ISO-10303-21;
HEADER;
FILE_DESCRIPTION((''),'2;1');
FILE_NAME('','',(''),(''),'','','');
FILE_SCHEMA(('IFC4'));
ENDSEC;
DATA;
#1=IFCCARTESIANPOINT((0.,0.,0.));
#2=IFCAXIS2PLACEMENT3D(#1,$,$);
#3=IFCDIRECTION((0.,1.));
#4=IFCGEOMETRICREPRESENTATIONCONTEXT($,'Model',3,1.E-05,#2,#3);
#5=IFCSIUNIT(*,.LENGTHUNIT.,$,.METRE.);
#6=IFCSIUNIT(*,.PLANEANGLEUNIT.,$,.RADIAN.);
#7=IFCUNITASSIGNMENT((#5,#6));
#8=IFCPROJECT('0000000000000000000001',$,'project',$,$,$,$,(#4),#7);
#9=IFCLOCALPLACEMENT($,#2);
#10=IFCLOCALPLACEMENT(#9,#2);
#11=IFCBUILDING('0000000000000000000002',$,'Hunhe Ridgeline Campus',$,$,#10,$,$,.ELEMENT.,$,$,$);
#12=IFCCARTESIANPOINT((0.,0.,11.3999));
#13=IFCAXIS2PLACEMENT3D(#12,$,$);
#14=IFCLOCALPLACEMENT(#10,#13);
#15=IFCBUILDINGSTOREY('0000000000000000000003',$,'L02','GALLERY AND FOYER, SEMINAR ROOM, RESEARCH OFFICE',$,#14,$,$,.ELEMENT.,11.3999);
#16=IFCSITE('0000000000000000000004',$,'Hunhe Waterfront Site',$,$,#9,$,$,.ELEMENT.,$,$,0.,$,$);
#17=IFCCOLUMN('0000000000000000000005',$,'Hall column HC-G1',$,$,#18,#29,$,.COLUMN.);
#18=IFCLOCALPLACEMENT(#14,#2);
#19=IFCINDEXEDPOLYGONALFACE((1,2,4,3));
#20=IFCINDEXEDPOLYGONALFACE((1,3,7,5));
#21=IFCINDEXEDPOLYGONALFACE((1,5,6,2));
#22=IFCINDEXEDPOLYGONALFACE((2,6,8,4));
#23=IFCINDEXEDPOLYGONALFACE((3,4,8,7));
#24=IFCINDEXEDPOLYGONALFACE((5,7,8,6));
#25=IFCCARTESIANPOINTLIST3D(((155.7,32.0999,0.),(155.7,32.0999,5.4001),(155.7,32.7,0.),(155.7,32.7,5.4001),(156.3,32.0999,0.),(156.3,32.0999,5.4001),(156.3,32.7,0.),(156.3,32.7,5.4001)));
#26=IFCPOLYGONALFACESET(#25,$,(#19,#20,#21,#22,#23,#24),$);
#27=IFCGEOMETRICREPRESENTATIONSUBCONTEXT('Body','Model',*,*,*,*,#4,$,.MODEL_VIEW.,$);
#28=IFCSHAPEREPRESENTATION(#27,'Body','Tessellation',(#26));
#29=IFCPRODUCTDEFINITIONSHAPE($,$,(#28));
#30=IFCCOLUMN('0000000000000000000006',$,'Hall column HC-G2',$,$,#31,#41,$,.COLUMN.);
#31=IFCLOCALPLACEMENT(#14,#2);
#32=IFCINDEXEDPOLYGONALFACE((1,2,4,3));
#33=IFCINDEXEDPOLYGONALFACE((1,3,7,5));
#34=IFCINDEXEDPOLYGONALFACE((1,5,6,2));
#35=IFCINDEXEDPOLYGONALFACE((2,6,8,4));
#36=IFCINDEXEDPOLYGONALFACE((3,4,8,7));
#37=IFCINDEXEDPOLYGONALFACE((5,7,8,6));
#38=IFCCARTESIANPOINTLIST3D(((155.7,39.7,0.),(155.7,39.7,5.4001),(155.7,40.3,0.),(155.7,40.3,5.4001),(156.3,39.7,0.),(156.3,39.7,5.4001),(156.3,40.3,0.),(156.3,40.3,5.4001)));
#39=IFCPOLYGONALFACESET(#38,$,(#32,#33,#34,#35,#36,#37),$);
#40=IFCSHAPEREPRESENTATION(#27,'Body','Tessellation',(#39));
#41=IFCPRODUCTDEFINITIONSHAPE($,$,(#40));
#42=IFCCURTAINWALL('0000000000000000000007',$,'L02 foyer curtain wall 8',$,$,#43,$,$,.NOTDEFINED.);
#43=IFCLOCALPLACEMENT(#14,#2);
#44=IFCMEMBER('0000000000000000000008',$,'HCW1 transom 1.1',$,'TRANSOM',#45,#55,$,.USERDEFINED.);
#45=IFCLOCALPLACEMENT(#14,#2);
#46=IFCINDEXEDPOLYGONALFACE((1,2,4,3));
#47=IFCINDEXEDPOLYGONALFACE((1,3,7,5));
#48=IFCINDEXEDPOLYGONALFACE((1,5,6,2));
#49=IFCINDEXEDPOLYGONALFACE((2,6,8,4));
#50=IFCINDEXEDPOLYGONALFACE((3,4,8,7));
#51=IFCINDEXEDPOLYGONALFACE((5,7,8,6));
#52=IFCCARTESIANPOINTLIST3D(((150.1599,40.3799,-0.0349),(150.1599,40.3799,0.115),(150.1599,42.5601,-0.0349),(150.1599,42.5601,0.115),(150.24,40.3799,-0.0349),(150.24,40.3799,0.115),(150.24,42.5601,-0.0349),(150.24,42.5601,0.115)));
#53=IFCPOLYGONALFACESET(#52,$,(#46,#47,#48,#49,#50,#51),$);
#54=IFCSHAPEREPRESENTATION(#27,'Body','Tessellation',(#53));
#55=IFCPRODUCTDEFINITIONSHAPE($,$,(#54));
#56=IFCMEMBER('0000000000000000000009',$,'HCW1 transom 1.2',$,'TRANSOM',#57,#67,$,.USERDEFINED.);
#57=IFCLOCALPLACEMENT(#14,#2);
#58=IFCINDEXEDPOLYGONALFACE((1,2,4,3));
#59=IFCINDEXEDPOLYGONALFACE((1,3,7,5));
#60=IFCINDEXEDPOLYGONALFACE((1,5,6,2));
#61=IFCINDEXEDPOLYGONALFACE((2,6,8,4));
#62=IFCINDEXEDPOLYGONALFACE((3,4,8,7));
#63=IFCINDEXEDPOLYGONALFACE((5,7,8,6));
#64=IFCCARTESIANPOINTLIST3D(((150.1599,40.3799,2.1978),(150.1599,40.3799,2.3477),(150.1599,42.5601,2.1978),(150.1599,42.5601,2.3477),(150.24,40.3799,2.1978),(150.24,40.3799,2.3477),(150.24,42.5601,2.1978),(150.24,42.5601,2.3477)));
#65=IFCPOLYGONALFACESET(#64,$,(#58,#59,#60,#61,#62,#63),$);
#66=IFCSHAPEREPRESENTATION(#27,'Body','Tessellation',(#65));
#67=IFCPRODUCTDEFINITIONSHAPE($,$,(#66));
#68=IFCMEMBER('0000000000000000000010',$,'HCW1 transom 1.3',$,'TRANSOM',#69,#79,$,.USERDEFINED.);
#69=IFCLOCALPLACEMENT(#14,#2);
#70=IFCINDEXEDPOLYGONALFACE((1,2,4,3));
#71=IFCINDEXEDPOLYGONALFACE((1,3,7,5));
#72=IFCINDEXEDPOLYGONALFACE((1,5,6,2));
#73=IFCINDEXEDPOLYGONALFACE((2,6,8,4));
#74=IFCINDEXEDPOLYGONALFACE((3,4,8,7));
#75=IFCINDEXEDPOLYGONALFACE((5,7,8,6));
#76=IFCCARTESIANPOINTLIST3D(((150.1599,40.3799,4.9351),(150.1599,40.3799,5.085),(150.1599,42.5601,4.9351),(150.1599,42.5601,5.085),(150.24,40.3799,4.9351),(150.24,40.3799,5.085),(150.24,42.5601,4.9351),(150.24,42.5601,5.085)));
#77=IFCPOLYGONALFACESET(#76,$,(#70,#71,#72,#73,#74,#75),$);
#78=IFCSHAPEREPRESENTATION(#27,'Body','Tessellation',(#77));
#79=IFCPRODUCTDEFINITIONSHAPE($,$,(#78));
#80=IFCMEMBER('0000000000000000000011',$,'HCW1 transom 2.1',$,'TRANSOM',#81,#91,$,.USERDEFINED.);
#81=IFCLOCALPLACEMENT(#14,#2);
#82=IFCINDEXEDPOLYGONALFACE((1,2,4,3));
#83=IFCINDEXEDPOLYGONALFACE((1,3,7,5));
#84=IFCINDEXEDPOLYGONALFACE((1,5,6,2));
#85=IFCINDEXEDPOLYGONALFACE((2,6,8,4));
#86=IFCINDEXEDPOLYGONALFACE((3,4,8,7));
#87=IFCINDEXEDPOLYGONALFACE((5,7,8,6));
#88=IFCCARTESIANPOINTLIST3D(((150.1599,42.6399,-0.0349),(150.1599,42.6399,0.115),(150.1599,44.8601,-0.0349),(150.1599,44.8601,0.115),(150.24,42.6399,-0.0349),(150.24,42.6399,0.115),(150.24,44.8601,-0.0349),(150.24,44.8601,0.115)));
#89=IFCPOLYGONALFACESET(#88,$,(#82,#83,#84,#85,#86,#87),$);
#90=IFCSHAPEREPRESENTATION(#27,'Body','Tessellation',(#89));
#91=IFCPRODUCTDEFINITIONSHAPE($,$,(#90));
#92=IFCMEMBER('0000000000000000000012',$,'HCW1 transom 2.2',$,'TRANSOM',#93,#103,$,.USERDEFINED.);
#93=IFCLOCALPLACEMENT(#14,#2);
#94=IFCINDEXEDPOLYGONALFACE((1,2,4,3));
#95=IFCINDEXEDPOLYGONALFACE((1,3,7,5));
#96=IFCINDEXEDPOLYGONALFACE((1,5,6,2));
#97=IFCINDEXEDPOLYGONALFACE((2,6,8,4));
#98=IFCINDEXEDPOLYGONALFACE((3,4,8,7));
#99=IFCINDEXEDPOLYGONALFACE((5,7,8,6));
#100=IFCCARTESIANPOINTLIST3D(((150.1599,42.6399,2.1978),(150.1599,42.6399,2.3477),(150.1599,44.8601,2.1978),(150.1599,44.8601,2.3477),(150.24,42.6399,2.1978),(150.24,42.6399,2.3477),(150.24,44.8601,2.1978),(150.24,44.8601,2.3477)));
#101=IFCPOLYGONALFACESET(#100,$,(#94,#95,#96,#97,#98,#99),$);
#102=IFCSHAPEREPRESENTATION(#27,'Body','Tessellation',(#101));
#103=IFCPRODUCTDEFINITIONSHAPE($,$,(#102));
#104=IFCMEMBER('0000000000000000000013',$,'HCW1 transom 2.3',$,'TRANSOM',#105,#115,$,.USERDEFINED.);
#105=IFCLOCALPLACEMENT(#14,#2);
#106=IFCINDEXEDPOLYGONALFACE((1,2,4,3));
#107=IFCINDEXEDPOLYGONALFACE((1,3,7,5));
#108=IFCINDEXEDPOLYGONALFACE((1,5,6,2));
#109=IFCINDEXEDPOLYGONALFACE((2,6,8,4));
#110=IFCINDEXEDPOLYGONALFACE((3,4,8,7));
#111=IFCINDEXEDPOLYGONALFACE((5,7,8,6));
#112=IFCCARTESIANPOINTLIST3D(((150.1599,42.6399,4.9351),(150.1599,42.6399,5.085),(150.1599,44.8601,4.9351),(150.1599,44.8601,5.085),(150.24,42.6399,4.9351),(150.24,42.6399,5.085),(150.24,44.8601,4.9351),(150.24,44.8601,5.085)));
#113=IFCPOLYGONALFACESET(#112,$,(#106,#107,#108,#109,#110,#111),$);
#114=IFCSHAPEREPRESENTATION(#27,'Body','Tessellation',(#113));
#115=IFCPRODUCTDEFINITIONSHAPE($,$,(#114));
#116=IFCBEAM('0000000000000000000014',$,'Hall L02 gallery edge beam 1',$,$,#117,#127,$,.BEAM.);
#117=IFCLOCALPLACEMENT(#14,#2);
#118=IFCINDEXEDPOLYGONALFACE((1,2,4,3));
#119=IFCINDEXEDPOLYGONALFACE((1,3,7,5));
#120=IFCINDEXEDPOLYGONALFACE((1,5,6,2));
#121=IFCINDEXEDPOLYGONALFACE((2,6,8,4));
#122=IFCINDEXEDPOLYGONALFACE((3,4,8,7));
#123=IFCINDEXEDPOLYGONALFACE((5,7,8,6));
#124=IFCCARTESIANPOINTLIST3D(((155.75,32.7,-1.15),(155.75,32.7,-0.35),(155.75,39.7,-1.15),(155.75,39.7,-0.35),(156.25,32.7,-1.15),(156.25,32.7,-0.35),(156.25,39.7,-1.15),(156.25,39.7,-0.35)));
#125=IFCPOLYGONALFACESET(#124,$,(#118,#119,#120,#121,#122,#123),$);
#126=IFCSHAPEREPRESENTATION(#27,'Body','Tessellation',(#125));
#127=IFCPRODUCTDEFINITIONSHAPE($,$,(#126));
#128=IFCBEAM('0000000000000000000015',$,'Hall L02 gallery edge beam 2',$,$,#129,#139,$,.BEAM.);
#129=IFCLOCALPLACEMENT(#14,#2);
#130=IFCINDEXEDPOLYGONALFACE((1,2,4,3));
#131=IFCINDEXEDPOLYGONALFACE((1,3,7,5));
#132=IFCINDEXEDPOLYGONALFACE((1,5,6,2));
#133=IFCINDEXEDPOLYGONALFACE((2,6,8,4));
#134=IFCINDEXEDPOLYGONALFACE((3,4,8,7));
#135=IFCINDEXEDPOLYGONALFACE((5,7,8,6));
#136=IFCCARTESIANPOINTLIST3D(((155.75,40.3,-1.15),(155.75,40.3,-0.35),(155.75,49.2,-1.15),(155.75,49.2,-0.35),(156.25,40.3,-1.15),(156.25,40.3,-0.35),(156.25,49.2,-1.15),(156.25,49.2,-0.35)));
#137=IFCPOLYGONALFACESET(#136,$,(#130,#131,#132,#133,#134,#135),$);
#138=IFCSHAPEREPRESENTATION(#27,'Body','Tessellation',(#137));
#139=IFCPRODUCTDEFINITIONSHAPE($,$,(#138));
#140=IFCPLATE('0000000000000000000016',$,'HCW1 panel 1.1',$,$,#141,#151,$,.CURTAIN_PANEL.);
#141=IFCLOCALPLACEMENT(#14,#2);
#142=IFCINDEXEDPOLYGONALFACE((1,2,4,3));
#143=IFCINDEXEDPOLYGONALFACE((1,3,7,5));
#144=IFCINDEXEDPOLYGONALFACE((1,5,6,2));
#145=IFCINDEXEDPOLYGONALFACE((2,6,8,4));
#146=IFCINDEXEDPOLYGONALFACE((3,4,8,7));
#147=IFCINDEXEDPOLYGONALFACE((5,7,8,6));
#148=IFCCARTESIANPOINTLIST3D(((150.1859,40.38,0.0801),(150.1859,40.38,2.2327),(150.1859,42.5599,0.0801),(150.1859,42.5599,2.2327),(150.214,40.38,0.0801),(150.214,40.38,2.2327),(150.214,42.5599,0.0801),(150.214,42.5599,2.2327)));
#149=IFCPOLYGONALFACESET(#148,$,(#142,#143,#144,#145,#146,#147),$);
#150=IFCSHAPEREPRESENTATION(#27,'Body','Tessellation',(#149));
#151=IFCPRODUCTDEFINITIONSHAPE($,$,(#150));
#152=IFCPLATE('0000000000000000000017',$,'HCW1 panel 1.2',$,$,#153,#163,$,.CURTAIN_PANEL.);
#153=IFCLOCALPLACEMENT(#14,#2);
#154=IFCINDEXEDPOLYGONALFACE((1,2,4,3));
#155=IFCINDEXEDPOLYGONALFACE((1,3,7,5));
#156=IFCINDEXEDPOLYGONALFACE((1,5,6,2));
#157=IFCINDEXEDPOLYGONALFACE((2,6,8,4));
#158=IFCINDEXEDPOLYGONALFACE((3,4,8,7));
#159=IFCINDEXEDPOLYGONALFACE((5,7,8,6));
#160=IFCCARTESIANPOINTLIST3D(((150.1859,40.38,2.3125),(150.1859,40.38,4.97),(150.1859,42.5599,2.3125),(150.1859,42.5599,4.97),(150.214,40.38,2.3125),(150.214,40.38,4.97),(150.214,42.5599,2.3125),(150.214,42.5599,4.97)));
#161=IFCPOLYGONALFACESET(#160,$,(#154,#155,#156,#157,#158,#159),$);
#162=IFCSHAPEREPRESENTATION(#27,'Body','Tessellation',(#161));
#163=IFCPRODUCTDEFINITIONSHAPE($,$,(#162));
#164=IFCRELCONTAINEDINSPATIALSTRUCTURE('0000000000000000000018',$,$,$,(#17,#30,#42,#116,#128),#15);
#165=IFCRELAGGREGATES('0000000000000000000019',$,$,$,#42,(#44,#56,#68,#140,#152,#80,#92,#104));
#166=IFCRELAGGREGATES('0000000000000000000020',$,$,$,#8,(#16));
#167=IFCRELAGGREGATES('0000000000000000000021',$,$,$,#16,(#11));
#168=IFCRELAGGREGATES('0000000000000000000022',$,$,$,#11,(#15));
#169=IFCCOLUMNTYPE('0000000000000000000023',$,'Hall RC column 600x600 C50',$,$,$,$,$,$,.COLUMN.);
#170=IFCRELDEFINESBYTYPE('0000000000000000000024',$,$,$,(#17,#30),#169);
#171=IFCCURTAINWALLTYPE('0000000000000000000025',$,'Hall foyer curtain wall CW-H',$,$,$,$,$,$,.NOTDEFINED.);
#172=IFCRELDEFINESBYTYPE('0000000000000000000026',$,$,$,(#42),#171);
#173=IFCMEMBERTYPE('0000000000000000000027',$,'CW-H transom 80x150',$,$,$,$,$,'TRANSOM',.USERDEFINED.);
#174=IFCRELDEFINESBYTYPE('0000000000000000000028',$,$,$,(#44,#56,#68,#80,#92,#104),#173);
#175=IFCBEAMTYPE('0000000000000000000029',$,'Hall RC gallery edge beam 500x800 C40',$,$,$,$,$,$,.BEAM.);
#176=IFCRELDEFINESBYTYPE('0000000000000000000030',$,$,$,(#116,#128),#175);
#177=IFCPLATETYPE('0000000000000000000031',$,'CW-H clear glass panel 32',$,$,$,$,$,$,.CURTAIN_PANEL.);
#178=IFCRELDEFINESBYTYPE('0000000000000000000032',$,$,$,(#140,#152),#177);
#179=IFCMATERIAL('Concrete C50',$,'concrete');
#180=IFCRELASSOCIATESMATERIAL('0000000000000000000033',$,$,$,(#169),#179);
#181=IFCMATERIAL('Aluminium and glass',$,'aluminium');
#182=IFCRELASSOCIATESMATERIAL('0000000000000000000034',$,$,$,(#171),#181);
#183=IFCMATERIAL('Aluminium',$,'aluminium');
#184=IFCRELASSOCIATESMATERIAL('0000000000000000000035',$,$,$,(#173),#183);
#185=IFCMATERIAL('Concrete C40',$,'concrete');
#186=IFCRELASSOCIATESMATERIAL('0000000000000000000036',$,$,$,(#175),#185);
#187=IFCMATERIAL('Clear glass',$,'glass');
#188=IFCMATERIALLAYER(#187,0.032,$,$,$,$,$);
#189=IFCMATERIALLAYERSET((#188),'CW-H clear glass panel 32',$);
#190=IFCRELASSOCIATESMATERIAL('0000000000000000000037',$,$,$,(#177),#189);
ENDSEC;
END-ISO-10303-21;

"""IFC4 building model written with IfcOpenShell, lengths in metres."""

from ifc_helpers import new_model, si_unit, direction, frame, origin, origin_2d, place, context, subcontext, project, spatial, rectangle, extrude, material, layer, layer_set, material_profile, profile_set, type_object, element, aggregate, save


model = new_model("IFC4")

# Units and contexts
model_context = context("Model", 3, precision=1e-05, world=origin(), true_north=direction((0.0, 1.0)))
body_context = subcontext(model_context, "Body", "Model", "MODEL_VIEW")
ifc_project = project(units=[si_unit("LENGTHUNIT", "METRE"), si_unit("PLANEANGLEUNIT", "RADIAN")], contexts=[model_context])

# Site, building, storey
site_placement = place(None, origin())
site = spatial("IfcSite", under=ifc_project, at=site_placement, Name="Hunhe Waterfront Site", CompositionType="ELEMENT", RefElevation=0.0)
building_placement = place(site_placement, origin())
building = spatial("IfcBuilding", under=site, at=building_placement, Name="Hunhe Ridgeline Campus", CompositionType="ELEMENT")
storey_placement = place(building_placement, frame((0.0, 0.0, 11.3999)))
storey = spatial("IfcBuildingStorey", under=building, at=storey_placement, Name="L02", Description="GALLERY AND FOYER, SEMINAR ROOM, RESEARCH OFFICE", CompositionType="ELEMENT", Elevation=11.3999)

# Columns
ifc_material_1 = material(Name="Concrete C50", Category="concrete")
ifc_material_profile_1 = material_profile(ifc_material_1, rectangle(XDim=0.6001, YDim=0.6001, at=origin_2d()))
ifc_profile_set_1 = profile_set([ifc_material_profile_1], Name="Concrete C50")
column_type = type_object("IfcColumnType", Name="Hall RC column 600x600 C50", PredefinedType="COLUMN", material=ifc_profile_set_1)
for number, where, z_axis, x_axis, name in (
    (1, (156.0, 32.3999, 0.0), (0.0, 0.0, 1.0), (1.0, 0.0, 0.0), "Hall column HC-G1"),
    (2, (156.0, 40.0, 0.0), (0.0, 0.0, 1.0), (1.0, 0.0, 0.0), "Hall column HC-G2"),
):
    element("IfcColumn", number, at=place(storey_placement, frame(where, z_axis=z_axis, x_axis=x_axis)), inside=storey, type_object=column_type, Name=name, PredefinedType="COLUMN", context=body_context, shape_type="SweptSolid", body=[
        extrude(rectangle(XDim=0.6001, YDim=0.6001, at=origin_2d()), origin(), (0.0, 0.0, 1.0), 5.4001),
    ])

# Curtain wall, members
ifc_material_2 = material(Name="Aluminium and glass", Category="aluminium")
curtain_wall_type = type_object("IfcCurtainWallType", Name="Hall foyer curtain wall CW-H", PredefinedType="NOTDEFINED", material=ifc_material_2)
curtain_wall_placement = place(storey_placement, origin())
curtain_wall = element("IfcCurtainWall", 3, at=curtain_wall_placement, inside=storey, type_object=curtain_wall_type, Name="L02 foyer curtain wall 8", PredefinedType="NOTDEFINED")
ifc_material_3 = material(Name="Aluminium", Category="aluminium")
ifc_material_profile_2 = material_profile(ifc_material_3, rectangle(XDim=0.0801, YDim=0.1499, at=origin_2d()))
ifc_profile_set_2 = profile_set([ifc_material_profile_2], Name="Aluminium")
member_type = type_object("IfcMemberType", Name="CW-H transom 80x150", ElementType="TRANSOM", PredefinedType="USERDEFINED", material=ifc_profile_set_2)
member_1_placement = place(storey_placement, frame((150.2, 40.3799, 0.04), z_axis=(0.0, 1.0, 0.0), x_axis=(-1.0, 0.0, 0.0)))
member_1 = element("IfcMember", 4, at=member_1_placement, type_object=member_type, Name="HCW1 transom 1.1", ObjectType="TRANSOM", PredefinedType="USERDEFINED", context=body_context, shape_type="SweptSolid", body=[
    extrude(rectangle(XDim=0.0801, YDim=0.1499, at=origin_2d()), origin(), (0.0, 0.0, 1.0), 2.1802),
])
member_2_placement = place(storey_placement, frame((150.2, 40.3799, 2.2727), z_axis=(0.0, 1.0, 0.0), x_axis=(-1.0, 0.0, 0.0)))
member_2 = element("IfcMember", 5, at=member_2_placement, type_object=member_type, Name="HCW1 transom 1.2", ObjectType="TRANSOM", PredefinedType="USERDEFINED", context=body_context, shape_type="SweptSolid", body=[
    extrude(rectangle(XDim=0.0801, YDim=0.1499, at=origin_2d()), origin(), (0.0, 0.0, 1.0), 2.1802),
])
member_3_placement = place(storey_placement, frame((150.2, 40.3799, 5.01), z_axis=(0.0, 1.0, 0.0), x_axis=(-1.0, 0.0, 0.0)))
member_3 = element("IfcMember", 6, at=member_3_placement, type_object=member_type, Name="HCW1 transom 1.3", ObjectType="TRANSOM", PredefinedType="USERDEFINED", context=body_context, shape_type="SweptSolid", body=[
    extrude(rectangle(XDim=0.0801, YDim=0.1499, at=origin_2d()), origin(), (0.0, 0.0, 1.0), 2.1802),
])
member_4_placement = place(storey_placement, frame((150.2, 42.6399, 0.04), z_axis=(0.0, 1.0, 0.0), x_axis=(-1.0, 0.0, 0.0)))
member_4 = element("IfcMember", 7, at=member_4_placement, type_object=member_type, Name="HCW1 transom 2.1", ObjectType="TRANSOM", PredefinedType="USERDEFINED", context=body_context, shape_type="SweptSolid", body=[
    extrude(rectangle(XDim=0.0801, YDim=0.1499, at=origin_2d()), origin(), (0.0, 0.0, 1.0), 2.2202),
])
member_5_placement = place(storey_placement, frame((150.2, 42.6399, 2.2727), z_axis=(0.0, 1.0, 0.0), x_axis=(-1.0, 0.0, 0.0)))
member_5 = element("IfcMember", 8, at=member_5_placement, type_object=member_type, Name="HCW1 transom 2.2", ObjectType="TRANSOM", PredefinedType="USERDEFINED", context=body_context, shape_type="SweptSolid", body=[
    extrude(rectangle(XDim=0.0801, YDim=0.1499, at=origin_2d()), origin(), (0.0, 0.0, 1.0), 2.2202),
])
member_6_placement = place(storey_placement, frame((150.2, 42.6399, 5.01), z_axis=(0.0, 1.0, 0.0), x_axis=(-1.0, 0.0, 0.0)))
member_6 = element("IfcMember", 9, at=member_6_placement, type_object=member_type, Name="HCW1 transom 2.3", ObjectType="TRANSOM", PredefinedType="USERDEFINED", context=body_context, shape_type="SweptSolid", body=[
    extrude(rectangle(XDim=0.0801, YDim=0.1499, at=origin_2d()), origin(), (0.0, 0.0, 1.0), 2.2202),
])

# Beams
ifc_material_4 = material(Name="Concrete C40", Category="concrete")
ifc_material_profile_3 = material_profile(ifc_material_4, rectangle(XDim=0.5, YDim=0.8, at=origin_2d()))
ifc_profile_set_3 = profile_set([ifc_material_profile_3], Name="Concrete C40")
beam_type = type_object("IfcBeamType", Name="Hall RC gallery edge beam 500x800 C40", PredefinedType="BEAM", material=ifc_profile_set_3)
beam_1_placement = place(storey_placement, frame((156.0, 32.7, -0.75), z_axis=(0.0, 1.0, 0.0), x_axis=(-1.0, 0.0, 0.0)))
element("IfcBeam", 10, at=beam_1_placement, inside=storey, type_object=beam_type, Name="Hall L02 gallery edge beam 1", PredefinedType="BEAM", context=body_context, shape_type="SweptSolid", body=[
    extrude(rectangle(XDim=0.5, YDim=0.8, at=origin_2d()), origin(), (0.0, 0.0, 1.0), 7.0),
])
beam_2_placement = place(storey_placement, frame((156.0, 40.3, -0.75), z_axis=(0.0, 1.0, 0.0), x_axis=(-1.0, 0.0, 0.0)))
element("IfcBeam", 11, at=beam_2_placement, inside=storey, type_object=beam_type, Name="Hall L02 gallery edge beam 2", PredefinedType="BEAM", context=body_context, shape_type="SweptSolid", body=[
    extrude(rectangle(XDim=0.5, YDim=0.8, at=origin_2d()), origin(), (0.0, 0.0, 1.0), 8.8999),
])

# Plates
ifc_material_5 = material(Name="Clear glass", Category="glass")
ifc_layer_1 = layer(ifc_material_5, 0.032)
ifc_layer_set_1 = layer_set([ifc_layer_1], Name="CW-H clear glass panel 32")
plate_type = type_object("IfcPlateType", Name="CW-H clear glass panel 32", PredefinedType="CURTAIN_PANEL", material=ifc_layer_set_1)
plate_1_placement = place(storey_placement, frame((150.2, 41.47, 0.0801), z_axis=(0.0, 0.0, 1.0), x_axis=(0.0, 1.0, 0.0)))
plate_1 = element("IfcPlate", 12, at=plate_1_placement, type_object=plate_type, Name="HCW1 panel 1.1", PredefinedType="CURTAIN_PANEL", context=body_context, shape_type="SweptSolid", body=[
    extrude(rectangle(XDim=2.1799, YDim=0.0281, at=origin_2d()), origin(), (0.0, 0.0, 1.0), 2.1526),
])
plate_2_placement = place(storey_placement, frame((150.2, 41.47, 2.3125), z_axis=(0.0, 0.0, 1.0), x_axis=(0.0, 1.0, 0.0)))
plate_2 = element("IfcPlate", 13, at=plate_2_placement, type_object=plate_type, Name="HCW1 panel 1.2", PredefinedType="CURTAIN_PANEL", context=body_context, shape_type="SweptSolid", body=[
    extrude(rectangle(XDim=2.1799, YDim=0.0281, at=origin_2d()), origin(), (0.0, 0.0, 1.0), 2.6575),
])
aggregate(curtain_wall, [member_1, member_2, member_3, plate_1, plate_2, member_4, member_5, member_6])

save(model, "model.ifc")
